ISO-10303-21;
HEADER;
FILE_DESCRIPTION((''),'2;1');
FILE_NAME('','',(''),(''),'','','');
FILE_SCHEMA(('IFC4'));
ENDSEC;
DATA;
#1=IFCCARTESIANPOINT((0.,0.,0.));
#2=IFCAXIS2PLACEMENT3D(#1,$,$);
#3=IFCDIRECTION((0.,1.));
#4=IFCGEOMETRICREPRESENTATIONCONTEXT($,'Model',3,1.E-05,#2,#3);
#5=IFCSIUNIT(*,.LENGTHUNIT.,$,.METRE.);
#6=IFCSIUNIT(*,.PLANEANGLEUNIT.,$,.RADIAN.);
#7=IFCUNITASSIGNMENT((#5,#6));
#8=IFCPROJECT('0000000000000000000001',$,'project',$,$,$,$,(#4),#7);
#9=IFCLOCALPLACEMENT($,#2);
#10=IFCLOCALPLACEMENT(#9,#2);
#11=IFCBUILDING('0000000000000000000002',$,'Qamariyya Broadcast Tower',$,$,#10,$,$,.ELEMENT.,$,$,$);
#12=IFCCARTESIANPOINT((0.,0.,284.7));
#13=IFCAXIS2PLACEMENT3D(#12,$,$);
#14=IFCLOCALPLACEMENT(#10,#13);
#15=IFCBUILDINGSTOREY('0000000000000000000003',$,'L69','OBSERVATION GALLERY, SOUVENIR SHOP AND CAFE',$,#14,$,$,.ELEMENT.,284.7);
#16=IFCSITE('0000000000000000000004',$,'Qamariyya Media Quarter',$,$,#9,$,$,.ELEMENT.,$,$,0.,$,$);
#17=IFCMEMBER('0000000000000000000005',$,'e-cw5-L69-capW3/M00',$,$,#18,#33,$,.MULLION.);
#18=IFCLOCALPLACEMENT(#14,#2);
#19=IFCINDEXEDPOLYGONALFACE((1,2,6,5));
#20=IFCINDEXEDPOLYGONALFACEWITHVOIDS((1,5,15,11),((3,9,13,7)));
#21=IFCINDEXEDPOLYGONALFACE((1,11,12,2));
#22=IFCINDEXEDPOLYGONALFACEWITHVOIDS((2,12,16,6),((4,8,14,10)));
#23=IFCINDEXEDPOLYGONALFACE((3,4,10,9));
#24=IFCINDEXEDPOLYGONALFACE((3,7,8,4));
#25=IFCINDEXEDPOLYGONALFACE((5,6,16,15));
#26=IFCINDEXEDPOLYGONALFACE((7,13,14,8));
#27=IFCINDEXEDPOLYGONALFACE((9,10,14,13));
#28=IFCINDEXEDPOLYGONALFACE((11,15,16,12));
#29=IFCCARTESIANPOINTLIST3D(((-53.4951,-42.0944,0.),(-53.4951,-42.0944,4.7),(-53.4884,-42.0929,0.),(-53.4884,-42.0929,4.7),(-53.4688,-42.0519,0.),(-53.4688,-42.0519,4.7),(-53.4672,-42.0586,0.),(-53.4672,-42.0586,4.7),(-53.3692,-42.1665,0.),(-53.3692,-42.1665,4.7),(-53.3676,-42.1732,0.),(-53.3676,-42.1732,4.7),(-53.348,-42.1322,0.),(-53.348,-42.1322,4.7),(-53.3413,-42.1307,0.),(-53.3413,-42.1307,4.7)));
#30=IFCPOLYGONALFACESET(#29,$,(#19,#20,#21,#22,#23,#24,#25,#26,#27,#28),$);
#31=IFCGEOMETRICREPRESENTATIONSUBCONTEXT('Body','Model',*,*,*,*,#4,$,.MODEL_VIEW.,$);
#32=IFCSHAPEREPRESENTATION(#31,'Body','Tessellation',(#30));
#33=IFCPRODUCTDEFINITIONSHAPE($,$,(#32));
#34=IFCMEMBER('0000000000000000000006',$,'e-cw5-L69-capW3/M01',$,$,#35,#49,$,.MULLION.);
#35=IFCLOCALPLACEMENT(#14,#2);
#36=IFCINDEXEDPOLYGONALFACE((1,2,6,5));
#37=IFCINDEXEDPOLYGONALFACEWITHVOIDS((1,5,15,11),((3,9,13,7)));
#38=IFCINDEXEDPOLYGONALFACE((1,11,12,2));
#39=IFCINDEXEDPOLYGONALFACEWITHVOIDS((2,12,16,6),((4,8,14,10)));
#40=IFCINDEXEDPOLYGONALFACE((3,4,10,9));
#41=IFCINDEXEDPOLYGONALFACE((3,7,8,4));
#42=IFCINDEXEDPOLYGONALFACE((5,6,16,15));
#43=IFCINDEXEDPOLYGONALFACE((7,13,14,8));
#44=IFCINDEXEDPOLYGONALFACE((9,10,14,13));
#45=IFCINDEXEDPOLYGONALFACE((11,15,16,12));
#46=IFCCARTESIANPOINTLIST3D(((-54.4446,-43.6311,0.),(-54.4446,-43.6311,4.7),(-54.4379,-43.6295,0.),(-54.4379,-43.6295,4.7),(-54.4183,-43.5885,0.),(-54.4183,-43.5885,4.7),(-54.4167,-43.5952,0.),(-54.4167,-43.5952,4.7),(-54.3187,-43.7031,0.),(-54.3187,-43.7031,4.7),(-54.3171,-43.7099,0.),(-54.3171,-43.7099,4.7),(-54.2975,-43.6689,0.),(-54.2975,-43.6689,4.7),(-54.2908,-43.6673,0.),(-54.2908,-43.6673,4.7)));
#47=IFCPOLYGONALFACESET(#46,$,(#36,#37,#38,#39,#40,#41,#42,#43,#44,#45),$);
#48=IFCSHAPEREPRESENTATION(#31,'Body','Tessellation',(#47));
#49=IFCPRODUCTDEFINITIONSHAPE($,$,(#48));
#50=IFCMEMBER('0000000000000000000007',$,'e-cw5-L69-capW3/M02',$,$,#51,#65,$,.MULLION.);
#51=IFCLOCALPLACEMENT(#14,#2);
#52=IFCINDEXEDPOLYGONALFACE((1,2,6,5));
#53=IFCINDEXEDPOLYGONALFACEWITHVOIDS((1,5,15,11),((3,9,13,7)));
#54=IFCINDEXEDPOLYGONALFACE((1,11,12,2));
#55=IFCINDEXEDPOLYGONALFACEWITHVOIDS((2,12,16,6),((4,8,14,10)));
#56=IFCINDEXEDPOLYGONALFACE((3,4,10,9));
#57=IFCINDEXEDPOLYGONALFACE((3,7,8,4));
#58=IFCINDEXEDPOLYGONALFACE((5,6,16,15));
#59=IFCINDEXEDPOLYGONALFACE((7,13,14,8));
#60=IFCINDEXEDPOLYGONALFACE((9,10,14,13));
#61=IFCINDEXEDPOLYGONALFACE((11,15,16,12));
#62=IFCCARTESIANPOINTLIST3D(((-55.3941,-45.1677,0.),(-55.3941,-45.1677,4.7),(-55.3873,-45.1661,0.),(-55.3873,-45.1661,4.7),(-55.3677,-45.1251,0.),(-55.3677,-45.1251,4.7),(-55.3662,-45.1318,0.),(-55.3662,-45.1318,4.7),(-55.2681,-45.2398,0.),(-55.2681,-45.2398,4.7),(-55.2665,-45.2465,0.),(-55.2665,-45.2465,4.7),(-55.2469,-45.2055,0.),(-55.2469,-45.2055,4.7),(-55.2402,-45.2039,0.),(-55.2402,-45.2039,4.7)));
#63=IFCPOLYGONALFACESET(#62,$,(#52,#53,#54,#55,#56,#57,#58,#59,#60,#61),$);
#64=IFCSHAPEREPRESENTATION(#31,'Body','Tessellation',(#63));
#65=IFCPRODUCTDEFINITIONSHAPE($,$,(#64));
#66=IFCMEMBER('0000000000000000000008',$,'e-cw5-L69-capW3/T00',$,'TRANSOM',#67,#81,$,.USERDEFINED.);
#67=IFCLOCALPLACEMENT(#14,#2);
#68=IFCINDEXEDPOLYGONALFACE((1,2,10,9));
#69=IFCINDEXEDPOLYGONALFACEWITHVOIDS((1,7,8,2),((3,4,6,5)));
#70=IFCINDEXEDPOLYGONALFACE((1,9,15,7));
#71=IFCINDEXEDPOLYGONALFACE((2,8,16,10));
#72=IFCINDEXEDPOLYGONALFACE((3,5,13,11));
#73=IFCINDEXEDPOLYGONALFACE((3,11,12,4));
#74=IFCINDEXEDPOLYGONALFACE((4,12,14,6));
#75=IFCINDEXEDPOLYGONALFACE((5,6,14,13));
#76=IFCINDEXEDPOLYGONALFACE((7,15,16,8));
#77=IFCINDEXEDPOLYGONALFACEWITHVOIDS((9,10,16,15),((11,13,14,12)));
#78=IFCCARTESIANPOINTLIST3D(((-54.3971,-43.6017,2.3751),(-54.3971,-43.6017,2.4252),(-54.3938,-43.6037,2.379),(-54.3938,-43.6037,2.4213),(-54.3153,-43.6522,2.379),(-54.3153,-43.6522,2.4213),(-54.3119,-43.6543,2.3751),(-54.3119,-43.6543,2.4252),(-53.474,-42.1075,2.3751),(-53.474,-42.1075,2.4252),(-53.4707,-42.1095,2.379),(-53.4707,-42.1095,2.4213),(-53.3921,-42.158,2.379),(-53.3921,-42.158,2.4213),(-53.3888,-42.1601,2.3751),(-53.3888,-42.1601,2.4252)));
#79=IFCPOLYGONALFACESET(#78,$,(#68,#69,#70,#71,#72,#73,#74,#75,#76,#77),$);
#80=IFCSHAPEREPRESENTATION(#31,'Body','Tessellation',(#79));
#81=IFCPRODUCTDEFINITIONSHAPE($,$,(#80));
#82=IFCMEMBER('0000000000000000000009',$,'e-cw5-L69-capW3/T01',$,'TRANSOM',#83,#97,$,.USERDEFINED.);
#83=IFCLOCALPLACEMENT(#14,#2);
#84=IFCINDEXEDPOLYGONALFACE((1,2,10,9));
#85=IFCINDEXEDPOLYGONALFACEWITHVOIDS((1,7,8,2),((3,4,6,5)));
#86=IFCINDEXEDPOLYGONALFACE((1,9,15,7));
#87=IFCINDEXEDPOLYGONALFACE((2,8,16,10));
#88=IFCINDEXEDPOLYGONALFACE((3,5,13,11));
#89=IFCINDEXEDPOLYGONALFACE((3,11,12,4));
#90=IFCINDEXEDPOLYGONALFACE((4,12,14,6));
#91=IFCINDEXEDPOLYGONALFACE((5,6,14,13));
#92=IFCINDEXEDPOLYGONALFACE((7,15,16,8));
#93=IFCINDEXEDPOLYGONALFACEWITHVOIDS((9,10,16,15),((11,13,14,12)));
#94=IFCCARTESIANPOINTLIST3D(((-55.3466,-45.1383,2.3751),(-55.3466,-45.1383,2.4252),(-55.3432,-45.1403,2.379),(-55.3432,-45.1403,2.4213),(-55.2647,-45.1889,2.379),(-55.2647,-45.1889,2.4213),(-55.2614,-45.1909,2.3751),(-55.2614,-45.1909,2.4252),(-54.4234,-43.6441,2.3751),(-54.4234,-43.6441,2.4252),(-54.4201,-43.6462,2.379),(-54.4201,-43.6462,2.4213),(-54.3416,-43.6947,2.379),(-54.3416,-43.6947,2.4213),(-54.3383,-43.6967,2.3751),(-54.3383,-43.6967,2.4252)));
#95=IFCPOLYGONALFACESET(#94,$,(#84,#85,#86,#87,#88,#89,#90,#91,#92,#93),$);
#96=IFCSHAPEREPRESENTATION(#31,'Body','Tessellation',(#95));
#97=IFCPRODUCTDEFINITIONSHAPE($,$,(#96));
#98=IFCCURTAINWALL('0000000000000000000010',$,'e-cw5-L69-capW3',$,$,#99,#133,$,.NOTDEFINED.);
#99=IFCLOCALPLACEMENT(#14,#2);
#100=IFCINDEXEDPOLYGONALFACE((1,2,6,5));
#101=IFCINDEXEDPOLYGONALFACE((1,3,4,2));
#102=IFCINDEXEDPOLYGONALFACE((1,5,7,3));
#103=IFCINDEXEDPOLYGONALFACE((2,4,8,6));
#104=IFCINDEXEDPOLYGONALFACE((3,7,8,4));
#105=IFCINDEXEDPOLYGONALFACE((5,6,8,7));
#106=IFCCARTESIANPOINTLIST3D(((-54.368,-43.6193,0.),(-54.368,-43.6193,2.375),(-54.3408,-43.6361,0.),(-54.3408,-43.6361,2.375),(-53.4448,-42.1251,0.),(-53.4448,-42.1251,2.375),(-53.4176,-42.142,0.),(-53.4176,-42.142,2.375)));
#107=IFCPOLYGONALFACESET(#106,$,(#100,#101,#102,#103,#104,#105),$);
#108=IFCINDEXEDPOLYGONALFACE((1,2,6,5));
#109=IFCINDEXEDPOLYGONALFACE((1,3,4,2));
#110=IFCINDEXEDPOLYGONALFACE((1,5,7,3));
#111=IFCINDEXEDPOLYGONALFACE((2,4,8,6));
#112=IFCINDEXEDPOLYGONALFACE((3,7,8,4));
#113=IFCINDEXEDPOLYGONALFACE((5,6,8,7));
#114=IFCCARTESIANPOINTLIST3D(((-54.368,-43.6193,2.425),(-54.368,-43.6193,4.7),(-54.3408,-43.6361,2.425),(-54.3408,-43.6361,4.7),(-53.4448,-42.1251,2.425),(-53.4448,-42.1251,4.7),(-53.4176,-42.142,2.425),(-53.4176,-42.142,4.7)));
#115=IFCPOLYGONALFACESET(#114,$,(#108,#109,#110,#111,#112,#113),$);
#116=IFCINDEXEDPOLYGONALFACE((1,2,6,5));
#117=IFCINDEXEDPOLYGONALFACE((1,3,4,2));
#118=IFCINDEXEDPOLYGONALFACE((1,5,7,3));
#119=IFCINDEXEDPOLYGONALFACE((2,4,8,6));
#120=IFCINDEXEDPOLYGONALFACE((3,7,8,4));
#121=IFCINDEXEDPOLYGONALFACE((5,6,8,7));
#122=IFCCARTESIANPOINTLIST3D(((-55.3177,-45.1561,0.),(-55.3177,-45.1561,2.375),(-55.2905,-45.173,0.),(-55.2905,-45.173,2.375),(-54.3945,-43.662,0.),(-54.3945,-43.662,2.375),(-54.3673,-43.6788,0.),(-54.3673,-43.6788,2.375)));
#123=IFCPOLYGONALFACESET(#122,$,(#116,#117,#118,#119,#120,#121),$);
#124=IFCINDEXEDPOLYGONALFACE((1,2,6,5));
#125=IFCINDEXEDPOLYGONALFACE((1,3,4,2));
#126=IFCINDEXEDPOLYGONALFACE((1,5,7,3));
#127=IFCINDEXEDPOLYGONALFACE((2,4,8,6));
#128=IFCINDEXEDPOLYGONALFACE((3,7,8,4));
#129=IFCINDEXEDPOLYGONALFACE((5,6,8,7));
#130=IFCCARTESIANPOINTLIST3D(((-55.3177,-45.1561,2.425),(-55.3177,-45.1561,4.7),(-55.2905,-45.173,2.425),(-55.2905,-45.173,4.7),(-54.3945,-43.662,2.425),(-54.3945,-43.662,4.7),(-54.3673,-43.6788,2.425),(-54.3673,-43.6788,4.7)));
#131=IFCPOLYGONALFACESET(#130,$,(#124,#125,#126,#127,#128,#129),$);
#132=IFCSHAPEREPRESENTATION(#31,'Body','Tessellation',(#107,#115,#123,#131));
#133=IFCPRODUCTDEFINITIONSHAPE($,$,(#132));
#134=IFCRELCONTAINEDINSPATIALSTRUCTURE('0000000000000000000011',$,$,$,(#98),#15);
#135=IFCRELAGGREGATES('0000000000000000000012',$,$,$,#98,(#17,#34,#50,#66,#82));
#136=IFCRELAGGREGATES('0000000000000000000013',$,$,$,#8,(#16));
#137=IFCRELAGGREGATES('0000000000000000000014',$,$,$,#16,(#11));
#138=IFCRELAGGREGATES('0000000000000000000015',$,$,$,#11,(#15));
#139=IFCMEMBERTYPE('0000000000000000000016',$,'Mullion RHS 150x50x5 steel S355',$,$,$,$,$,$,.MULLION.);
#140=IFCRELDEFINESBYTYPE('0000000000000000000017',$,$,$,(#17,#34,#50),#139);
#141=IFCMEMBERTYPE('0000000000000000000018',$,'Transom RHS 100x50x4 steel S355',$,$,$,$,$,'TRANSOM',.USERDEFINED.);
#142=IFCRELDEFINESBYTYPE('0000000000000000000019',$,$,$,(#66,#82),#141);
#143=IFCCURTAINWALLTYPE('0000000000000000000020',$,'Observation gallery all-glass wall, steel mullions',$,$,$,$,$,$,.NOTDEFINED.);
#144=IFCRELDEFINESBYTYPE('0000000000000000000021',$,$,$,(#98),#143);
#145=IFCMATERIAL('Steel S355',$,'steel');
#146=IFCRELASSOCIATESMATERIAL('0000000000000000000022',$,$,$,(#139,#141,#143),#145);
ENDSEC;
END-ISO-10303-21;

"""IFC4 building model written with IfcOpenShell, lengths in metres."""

from ifc_helpers import new_model, si_unit, direction, frame, origin, origin_2d, place, context, subcontext, project, spatial, rectangle, hollow_rectangle, extrude, material, material_profile, profile_set, type_object, element, aggregate, save


model = new_model("IFC4")

# Units and contexts
model_context = context("Model", 3, precision=1e-05, world=origin(), true_north=direction((0.0, 1.0)))
body_context = subcontext(model_context, "Body", "Model", "MODEL_VIEW")
ifc_project = project(units=[si_unit("LENGTHUNIT", "METRE"), si_unit("PLANEANGLEUNIT", "RADIAN")], contexts=[model_context])

# Members
ifc_material = material(Name="Steel S355", Category="steel")
ifc_material_profile_1 = material_profile(ifc_material, hollow_rectangle(XDim=0.1499, YDim=0.05, WallThickness=0.0049, at=origin_2d()))
ifc_profile_set_1 = profile_set([ifc_material_profile_1], Name="Steel S355")
member_type_1 = type_object("IfcMemberType", Name="Mullion RHS 150x50x5 steel S355", PredefinedType="MULLION", material=ifc_profile_set_1)
site_placement = place(None, origin())
building_placement = place(site_placement, origin())
storey_placement = place(building_placement, frame((0.0, 0.0, 284.7)))
member_1_placement = place(storey_placement, frame((-53.4182, -42.1125, 0.0), z_axis=(0.0, 0.0, 1.0), x_axis=(0.85071, -0.525636, 0.0)))
member_1 = element("IfcMember", 1, at=member_1_placement, type_object=member_type_1, Name="e-cw5-L69-capW3/M00", PredefinedType="MULLION", context=body_context, shape_type="SweptSolid", body=[
    extrude(hollow_rectangle(XDim=0.1499, YDim=0.05, WallThickness=0.0049, at=origin_2d()), origin(), (0.0, 0.0, 1.0), 4.7),
])
member_2_placement = place(storey_placement, frame((-54.3677, -43.6492, 0.0), z_axis=(0.0, 0.0, 1.0), x_axis=(0.85071, -0.525636, 0.0)))
member_2 = element("IfcMember", 2, at=member_2_placement, type_object=member_type_1, Name="e-cw5-L69-capW3/M01", PredefinedType="MULLION", context=body_context, shape_type="SweptSolid", body=[
    extrude(hollow_rectangle(XDim=0.1499, YDim=0.05, WallThickness=0.0049, at=origin_2d()), origin(), (0.0, 0.0, 1.0), 4.7),
])
member_3_placement = place(storey_placement, frame((-55.3171, -45.1858, 0.0), z_axis=(0.0, 0.0, 1.0), x_axis=(0.85071, -0.525636, 0.0)))
member_3 = element("IfcMember", 3, at=member_3_placement, type_object=member_type_1, Name="e-cw5-L69-capW3/M02", PredefinedType="MULLION", context=body_context, shape_type="SweptSolid", body=[
    extrude(hollow_rectangle(XDim=0.1499, YDim=0.05, WallThickness=0.0049, at=origin_2d()), origin(), (0.0, 0.0, 1.0), 4.7),
])
ifc_material_profile_2 = material_profile(ifc_material, hollow_rectangle(XDim=0.1001, YDim=0.05, WallThickness=0.0039, at=origin_2d()))
ifc_profile_set_2 = profile_set([ifc_material_profile_2], Name="Steel S355")
member_type_2 = type_object("IfcMemberType", Name="Transom RHS 100x50x4 steel S355", ElementType="TRANSOM", PredefinedType="USERDEFINED", material=ifc_profile_set_2)
member_4_placement = place(storey_placement, frame((-53.4314, -42.1338, 2.4001), z_axis=(-0.525593, -0.850736, 0.0), x_axis=(0.850736, -0.525593, 0.0)))
member_4 = element("IfcMember", 4, at=member_4_placement, type_object=member_type_2, Name="e-cw5-L69-capW3/T00", ObjectType="TRANSOM", PredefinedType="USERDEFINED", context=body_context, shape_type="SweptSolid", body=[
    extrude(hollow_rectangle(XDim=0.1001, YDim=0.05, WallThickness=0.0039, at=origin_2d()), origin(), (0.0, 0.0, 1.0), 1.7563),
])
member_5_placement = place(storey_placement, frame((-54.3809, -43.6704, 2.4001), z_axis=(-0.525593, -0.850736, 0.0), x_axis=(0.850736, -0.525593, 0.0)))
member_5 = element("IfcMember", 5, at=member_5_placement, type_object=member_type_2, Name="e-cw5-L69-capW3/T01", ObjectType="TRANSOM", PredefinedType="USERDEFINED", context=body_context, shape_type="SweptSolid", body=[
    extrude(hollow_rectangle(XDim=0.1001, YDim=0.05, WallThickness=0.0039, at=origin_2d()), origin(), (0.0, 0.0, 1.0), 1.7563),
])

# Site, building, storey
site = spatial("IfcSite", under=ifc_project, at=site_placement, Name="Qamariyya Media Quarter", CompositionType="ELEMENT", RefElevation=0.0)
building = spatial("IfcBuilding", under=site, at=building_placement, Name="Qamariyya Broadcast Tower", CompositionType="ELEMENT")
storey = spatial("IfcBuildingStorey", under=building, at=storey_placement, Name="L69", Description="OBSERVATION GALLERY, SOUVENIR SHOP AND CAFE", CompositionType="ELEMENT", Elevation=284.7)

# Curtain wall
curtain_wall_type = type_object("IfcCurtainWallType", Name="Observation gallery all-glass wall, steel mullions", PredefinedType="NOTDEFINED", material=ifc_material)
curtain_wall_1_placement = place(storey_placement, origin())
curtain_wall_1 = element("IfcCurtainWall", 6, at=curtain_wall_1_placement, inside=storey, type_object=curtain_wall_type, Name="e-cw5-L69-capW3", PredefinedType="NOTDEFINED", context=body_context, shape_type="SweptSolid", body=[
    extrude(rectangle(XDim=1.7563, YDim=0.032, at=origin_2d()), frame((-53.8928, -42.8806, 0.0), x_axis=(-0.525636, -0.850709, 0.0)), (0.0, 0.0, 1.0), 2.375),
    extrude(rectangle(XDim=1.7563, YDim=0.032, at=origin_2d()), frame((-53.8928, -42.8806, 2.425), x_axis=(-0.525636, -0.850709, 0.0)), (0.0, 0.0, 1.0), 2.2749),
    extrude(rectangle(XDim=1.7563, YDim=0.032, at=origin_2d()), frame((-54.8425, -44.4175, 0.0), x_axis=(-0.525636, -0.850709, 0.0)), (0.0, 0.0, 1.0), 2.375),
    extrude(rectangle(XDim=1.7563, YDim=0.032, at=origin_2d()), frame((-54.8425, -44.4175, 2.425), x_axis=(-0.525636, -0.850709, 0.0)), (0.0, 0.0, 1.0), 2.2749),
])
aggregate(curtain_wall_1, [member_1, member_2, member_3, member_4, member_5])

save(model, "model.ifc")
